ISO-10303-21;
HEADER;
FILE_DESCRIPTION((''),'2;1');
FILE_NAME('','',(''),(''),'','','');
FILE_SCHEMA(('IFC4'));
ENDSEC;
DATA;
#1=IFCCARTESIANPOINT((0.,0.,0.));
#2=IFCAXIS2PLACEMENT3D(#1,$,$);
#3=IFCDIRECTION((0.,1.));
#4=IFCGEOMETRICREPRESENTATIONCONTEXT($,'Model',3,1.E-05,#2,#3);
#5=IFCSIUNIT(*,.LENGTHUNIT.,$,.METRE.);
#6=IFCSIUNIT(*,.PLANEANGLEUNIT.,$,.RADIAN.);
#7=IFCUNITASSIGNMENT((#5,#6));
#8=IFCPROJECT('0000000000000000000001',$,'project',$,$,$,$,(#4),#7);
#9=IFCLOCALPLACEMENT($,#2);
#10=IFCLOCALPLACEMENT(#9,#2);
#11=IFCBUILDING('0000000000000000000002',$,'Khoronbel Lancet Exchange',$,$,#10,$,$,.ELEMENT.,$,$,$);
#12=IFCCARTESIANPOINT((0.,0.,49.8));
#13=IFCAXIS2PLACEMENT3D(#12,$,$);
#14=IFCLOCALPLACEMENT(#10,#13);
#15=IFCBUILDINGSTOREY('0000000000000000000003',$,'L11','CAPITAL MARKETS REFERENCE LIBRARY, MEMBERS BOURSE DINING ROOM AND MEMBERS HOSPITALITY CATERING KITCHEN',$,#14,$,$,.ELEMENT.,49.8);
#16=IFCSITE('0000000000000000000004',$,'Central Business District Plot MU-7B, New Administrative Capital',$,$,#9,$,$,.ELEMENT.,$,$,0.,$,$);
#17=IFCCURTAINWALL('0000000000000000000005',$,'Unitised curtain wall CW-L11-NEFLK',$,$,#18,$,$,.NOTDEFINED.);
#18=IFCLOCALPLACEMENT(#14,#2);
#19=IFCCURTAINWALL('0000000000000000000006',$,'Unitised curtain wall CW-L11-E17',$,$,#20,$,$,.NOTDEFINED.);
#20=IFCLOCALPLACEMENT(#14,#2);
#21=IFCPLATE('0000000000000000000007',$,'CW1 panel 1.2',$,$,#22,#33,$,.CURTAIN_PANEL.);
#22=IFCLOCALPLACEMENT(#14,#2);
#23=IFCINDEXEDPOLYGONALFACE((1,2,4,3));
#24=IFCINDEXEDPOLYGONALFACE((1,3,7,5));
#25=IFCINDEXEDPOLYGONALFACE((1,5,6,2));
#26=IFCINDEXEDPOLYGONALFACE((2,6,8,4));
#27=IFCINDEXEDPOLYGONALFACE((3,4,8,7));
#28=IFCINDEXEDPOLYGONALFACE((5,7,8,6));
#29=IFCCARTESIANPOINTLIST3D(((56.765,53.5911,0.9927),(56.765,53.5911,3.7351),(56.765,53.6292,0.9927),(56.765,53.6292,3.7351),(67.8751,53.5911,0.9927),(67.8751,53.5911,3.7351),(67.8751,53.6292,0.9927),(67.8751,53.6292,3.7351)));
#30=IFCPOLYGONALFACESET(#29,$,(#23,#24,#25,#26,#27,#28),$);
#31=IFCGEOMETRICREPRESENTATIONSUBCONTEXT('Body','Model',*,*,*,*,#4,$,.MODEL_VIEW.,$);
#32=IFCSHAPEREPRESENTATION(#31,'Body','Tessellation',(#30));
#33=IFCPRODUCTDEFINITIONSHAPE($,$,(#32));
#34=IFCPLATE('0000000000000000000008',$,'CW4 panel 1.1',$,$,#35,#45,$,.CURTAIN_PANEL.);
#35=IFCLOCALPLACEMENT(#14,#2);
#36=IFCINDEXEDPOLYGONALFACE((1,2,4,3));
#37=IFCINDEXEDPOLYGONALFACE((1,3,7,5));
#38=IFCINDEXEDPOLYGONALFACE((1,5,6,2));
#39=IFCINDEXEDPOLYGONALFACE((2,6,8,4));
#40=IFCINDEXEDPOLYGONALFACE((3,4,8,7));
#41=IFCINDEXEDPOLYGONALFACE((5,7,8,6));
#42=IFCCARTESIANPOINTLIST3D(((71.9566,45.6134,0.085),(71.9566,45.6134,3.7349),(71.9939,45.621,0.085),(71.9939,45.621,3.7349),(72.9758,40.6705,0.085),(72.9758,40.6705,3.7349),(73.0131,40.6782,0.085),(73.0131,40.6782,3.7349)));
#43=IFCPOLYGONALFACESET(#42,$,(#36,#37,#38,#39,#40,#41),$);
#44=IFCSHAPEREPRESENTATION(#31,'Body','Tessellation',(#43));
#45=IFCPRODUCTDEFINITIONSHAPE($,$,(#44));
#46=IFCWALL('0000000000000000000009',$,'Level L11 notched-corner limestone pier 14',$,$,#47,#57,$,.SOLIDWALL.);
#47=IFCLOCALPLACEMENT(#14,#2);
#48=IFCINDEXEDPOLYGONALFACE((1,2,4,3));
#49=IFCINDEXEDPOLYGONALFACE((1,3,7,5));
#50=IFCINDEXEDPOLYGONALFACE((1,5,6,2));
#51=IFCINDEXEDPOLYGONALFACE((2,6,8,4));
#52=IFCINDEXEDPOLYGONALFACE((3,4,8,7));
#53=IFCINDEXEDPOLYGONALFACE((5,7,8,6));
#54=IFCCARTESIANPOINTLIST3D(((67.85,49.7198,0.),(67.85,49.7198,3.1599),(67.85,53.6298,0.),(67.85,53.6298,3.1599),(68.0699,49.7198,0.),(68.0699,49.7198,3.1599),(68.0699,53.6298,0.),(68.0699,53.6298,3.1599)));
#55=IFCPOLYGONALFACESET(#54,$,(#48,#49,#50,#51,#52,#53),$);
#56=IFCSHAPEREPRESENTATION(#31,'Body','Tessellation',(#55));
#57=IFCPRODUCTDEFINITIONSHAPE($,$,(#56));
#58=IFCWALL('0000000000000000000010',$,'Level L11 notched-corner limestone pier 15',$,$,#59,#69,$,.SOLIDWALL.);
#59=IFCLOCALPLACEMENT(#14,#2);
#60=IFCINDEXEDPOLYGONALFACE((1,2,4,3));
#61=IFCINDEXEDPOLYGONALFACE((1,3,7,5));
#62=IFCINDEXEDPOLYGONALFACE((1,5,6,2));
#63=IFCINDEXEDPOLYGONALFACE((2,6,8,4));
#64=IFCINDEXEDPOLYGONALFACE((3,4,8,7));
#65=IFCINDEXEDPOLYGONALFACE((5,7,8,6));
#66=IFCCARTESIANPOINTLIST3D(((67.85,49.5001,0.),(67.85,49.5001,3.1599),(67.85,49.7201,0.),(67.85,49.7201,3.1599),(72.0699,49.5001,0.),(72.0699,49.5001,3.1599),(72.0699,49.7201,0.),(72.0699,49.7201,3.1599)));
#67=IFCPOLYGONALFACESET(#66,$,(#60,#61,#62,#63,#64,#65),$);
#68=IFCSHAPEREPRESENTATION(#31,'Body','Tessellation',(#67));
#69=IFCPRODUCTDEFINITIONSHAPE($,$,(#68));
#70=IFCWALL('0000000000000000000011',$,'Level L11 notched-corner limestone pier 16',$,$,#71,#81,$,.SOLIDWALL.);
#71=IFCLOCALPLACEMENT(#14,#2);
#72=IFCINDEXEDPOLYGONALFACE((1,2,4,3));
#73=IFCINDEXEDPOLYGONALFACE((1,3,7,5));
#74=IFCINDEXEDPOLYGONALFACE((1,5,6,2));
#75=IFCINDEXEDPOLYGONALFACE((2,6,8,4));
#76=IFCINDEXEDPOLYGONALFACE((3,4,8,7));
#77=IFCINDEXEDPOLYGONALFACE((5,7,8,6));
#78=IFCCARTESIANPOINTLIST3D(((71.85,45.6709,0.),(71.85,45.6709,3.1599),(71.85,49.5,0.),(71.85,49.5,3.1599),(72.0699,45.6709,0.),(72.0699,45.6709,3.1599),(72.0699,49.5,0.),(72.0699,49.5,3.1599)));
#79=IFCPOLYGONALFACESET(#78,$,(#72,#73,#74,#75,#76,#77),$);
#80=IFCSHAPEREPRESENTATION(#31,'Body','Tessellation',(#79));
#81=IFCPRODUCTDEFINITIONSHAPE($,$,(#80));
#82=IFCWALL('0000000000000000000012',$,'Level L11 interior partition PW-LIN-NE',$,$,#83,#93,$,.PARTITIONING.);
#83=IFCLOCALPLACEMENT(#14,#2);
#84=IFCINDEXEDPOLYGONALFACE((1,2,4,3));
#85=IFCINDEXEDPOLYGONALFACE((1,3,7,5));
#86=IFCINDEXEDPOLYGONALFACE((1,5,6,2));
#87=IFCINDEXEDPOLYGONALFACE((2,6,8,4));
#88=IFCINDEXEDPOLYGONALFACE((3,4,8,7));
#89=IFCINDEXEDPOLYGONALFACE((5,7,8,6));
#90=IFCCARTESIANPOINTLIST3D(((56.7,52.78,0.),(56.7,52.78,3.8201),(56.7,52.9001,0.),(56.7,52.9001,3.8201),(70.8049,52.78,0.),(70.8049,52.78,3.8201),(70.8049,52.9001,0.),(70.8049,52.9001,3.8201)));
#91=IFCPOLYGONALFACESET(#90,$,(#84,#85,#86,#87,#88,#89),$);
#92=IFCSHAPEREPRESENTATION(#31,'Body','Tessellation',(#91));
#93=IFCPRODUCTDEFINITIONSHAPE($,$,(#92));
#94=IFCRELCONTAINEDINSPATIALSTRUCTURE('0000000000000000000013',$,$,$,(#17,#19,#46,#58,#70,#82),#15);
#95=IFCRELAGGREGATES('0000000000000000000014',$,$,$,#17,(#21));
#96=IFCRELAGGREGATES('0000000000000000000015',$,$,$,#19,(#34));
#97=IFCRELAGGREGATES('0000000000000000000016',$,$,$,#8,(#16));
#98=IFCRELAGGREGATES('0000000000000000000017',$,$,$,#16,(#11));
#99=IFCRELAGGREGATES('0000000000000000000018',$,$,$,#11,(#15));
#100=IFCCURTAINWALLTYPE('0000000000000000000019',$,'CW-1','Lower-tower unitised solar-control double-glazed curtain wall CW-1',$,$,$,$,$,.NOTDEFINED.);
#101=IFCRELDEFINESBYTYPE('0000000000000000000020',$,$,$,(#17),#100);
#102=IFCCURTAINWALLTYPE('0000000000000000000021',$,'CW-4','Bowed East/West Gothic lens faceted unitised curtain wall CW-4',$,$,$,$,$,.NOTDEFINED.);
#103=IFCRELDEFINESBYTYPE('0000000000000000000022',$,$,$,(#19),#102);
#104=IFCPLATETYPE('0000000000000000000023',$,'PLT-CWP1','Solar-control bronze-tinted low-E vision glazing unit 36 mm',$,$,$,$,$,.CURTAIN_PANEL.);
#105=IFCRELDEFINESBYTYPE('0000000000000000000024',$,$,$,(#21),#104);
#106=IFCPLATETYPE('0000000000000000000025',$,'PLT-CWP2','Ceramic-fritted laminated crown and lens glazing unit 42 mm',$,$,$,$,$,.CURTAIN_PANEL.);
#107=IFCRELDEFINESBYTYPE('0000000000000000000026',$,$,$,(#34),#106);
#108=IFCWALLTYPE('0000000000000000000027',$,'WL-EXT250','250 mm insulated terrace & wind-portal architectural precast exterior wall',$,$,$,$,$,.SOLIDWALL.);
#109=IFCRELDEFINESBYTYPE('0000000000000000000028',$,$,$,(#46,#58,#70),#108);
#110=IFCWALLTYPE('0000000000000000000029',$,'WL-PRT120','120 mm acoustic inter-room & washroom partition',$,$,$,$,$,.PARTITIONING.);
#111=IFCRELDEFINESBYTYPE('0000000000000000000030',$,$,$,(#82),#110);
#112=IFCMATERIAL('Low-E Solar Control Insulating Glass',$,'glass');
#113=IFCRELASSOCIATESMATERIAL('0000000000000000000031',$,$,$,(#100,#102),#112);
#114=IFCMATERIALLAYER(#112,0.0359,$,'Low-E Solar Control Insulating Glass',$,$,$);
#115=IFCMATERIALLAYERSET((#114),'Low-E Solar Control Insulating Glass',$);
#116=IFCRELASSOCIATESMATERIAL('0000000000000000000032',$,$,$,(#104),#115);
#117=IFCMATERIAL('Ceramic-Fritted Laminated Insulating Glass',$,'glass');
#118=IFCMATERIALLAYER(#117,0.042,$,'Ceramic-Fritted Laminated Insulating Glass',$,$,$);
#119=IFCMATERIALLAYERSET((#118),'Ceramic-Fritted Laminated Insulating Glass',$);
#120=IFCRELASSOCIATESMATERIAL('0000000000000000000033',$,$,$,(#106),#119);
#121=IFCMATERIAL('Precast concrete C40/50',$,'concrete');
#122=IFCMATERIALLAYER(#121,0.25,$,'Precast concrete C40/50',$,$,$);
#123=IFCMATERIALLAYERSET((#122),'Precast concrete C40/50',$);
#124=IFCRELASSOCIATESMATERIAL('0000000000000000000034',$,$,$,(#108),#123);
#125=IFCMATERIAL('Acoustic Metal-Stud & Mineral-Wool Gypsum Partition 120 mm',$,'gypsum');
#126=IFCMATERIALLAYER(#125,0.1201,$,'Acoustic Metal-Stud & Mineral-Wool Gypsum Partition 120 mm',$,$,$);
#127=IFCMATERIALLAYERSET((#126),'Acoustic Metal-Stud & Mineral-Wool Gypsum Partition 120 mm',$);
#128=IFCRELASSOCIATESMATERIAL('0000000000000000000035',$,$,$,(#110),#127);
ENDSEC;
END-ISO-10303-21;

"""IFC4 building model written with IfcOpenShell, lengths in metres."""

from ifc_helpers import new_model, si_unit, direction, frame, frame_2d, origin, origin_2d, place, context, subcontext, project, spatial, rectangle, extrude, material, layer, layer_set, type_object, element, aggregate, save


model = new_model("IFC4")

# Units and contexts
model_context = context("Model", 3, precision=1e-05, world=origin(), true_north=direction((0.0, 1.0)))
body_context = subcontext(model_context, "Body", "Model", "MODEL_VIEW")
ifc_project = project(units=[si_unit("LENGTHUNIT", "METRE"), si_unit("PLANEANGLEUNIT", "RADIAN")], contexts=[model_context])

# Site, building, storey
site_placement = place(None, origin())
site = spatial("IfcSite", under=ifc_project, at=site_placement, Name="Central Business District Plot MU-7B, New Administrative Capital", CompositionType="ELEMENT", RefElevation=0.0)
building_placement = place(site_placement, origin())
building = spatial("IfcBuilding", under=site, at=building_placement, Name="Khoronbel Lancet Exchange", CompositionType="ELEMENT")
storey_placement = place(building_placement, frame((0.0, 0.0, 49.8)))
storey = spatial("IfcBuildingStorey", under=building, at=storey_placement, Name="L11", Description="CAPITAL MARKETS REFERENCE LIBRARY, MEMBERS BOURSE DINING ROOM AND MEMBERS HOSPITALITY CATERING KITCHEN", CompositionType="ELEMENT", Elevation=49.8)

# Curtain walls
ifc_material_1 = material(Name="Low-E Solar Control Insulating Glass", Category="glass")
curtain_wall_type_1 = type_object("IfcCurtainWallType", Name="CW-1", Description="Lower-tower unitised solar-control double-glazed curtain wall CW-1", PredefinedType="NOTDEFINED", material=ifc_material_1)
curtain_wall_1_placement = place(storey_placement, origin())
curtain_wall_1 = element("IfcCurtainWall", 1, at=curtain_wall_1_placement, inside=storey, type_object=curtain_wall_type_1, Name="Unitised curtain wall CW-L11-NEFLK", PredefinedType="NOTDEFINED")
curtain_wall_type_2 = type_object("IfcCurtainWallType", Name="CW-4", Description="Bowed East/West Gothic lens faceted unitised curtain wall CW-4", PredefinedType="NOTDEFINED", material=ifc_material_1)
curtain_wall_2_placement = place(storey_placement, origin())
curtain_wall_2 = element("IfcCurtainWall", 2, at=curtain_wall_2_placement, inside=storey, type_object=curtain_wall_type_2, Name="Unitised curtain wall CW-L11-E17", PredefinedType="NOTDEFINED")

# Plates
ifc_layer_1 = layer(ifc_material_1, 0.0359, Name="Low-E Solar Control Insulating Glass")
ifc_layer_set_1 = layer_set([ifc_layer_1], Name="Low-E Solar Control Insulating Glass")
plate_type_1 = type_object("IfcPlateType", Name="PLT-CWP1", Description="Solar-control bronze-tinted low-E vision glazing unit 36 mm", PredefinedType="CURTAIN_PANEL", material=ifc_layer_set_1)
plate_1_placement = place(storey_placement, frame((62.3201, 53.6101, 0.9927), z_axis=(0.0, 0.0, 1.0), x_axis=(-1.0, 0.0, 0.0)))
plate_1 = element("IfcPlate", 3, at=plate_1_placement, type_object=plate_type_1, Name="CW1 panel 1.2", PredefinedType="CURTAIN_PANEL", context=body_context, shape_type="SweptSolid", body=[
    extrude(rectangle(XDim=11.1101, YDim=0.0381, at=origin_2d()), origin(), (0.0, 0.0, 1.0), 2.7424),
])
aggregate(curtain_wall_1, [plate_1])
ifc_material_2 = material(Name="Ceramic-Fritted Laminated Insulating Glass", Category="glass")
ifc_layer_2 = layer(ifc_material_2, 0.042, Name="Ceramic-Fritted Laminated Insulating Glass")
ifc_layer_set_2 = layer_set([ifc_layer_2], Name="Ceramic-Fritted Laminated Insulating Glass")
plate_type_2 = type_object("IfcPlateType", Name="PLT-CWP2", Description="Ceramic-fritted laminated crown and lens glazing unit 42 mm", PredefinedType="CURTAIN_PANEL", material=ifc_layer_set_2)
plate_2_placement = place(storey_placement, frame((72.4849, 43.1458, 0.085), z_axis=(0.0, 0.0, 1.0), x_axis=(0.201944, -0.979397, 0.0)))
plate_2 = element("IfcPlate", 4, at=plate_2_placement, type_object=plate_type_2, Name="CW4 panel 1.1", PredefinedType="CURTAIN_PANEL", context=body_context, shape_type="SweptSolid", body=[
    extrude(rectangle(XDim=5.0469, YDim=0.0381, at=origin_2d()), origin(), (0.0, 0.0, 1.0), 3.6499),
])
aggregate(curtain_wall_2, [plate_2])

# Walls
ifc_material_3 = material(Name="Precast concrete C40/50", Category="concrete")
ifc_layer_3 = layer(ifc_material_3, 0.25, Name="Precast concrete C40/50")
ifc_layer_set_3 = layer_set([ifc_layer_3], Name="Precast concrete C40/50")
wall_type_1 = type_object("IfcWallType", Name="WL-EXT250", Description="250 mm insulated terrace & wind-portal architectural precast exterior wall", PredefinedType="SOLIDWALL", material=ifc_layer_set_3)
wall_1_placement = place(storey_placement, frame((67.96, 53.6299, 0.0), z_axis=(0.0, 0.0, 1.0), x_axis=(0.0, -1.0, 0.0)))
element("IfcWall", 5, at=wall_1_placement, inside=storey, type_object=wall_type_1, Name="Level L11 notched-corner limestone pier 14", PredefinedType="SOLIDWALL", context=body_context, shape_type="SweptSolid", body=[
    extrude(rectangle(XDim=3.9099, YDim=0.22, at=frame_2d((1.9551, 0.0))), origin(), (0.0, 0.0, 1.0), 3.1599),
])
wall_2_placement = place(storey_placement, frame((67.8501, 49.6101, 0.0), z_axis=(0.0, 0.0, 1.0), x_axis=(1.0, 0.0, 0.0)))
element("IfcWall", 6, at=wall_2_placement, inside=storey, type_object=wall_type_1, Name="Level L11 notched-corner limestone pier 15", PredefinedType="SOLIDWALL", context=body_context, shape_type="SweptSolid", body=[
    extrude(rectangle(XDim=4.22, YDim=0.22, at=frame_2d((2.1099, 0.0))), origin(), (0.0, 0.0, 1.0), 3.1599),
])
wall_3_placement = place(storey_placement, frame((71.96, 49.5, 0.0), z_axis=(0.0, 0.0, 1.0), x_axis=(0.0, -1.0, 0.0)))
element("IfcWall", 7, at=wall_3_placement, inside=storey, type_object=wall_type_1, Name="Level L11 notched-corner limestone pier 16", PredefinedType="SOLIDWALL", context=body_context, shape_type="SweptSolid", body=[
    extrude(rectangle(XDim=3.8291, YDim=0.22, at=frame_2d((1.9146, 0.0))), origin(), (0.0, 0.0, 1.0), 3.1599),
])
ifc_material_4 = material(Name="Acoustic Metal-Stud & Mineral-Wool Gypsum Partition 120 mm", Category="gypsum")
ifc_layer_4 = layer(ifc_material_4, 0.1201, Name="Acoustic Metal-Stud & Mineral-Wool Gypsum Partition 120 mm")
ifc_layer_set_4 = layer_set([ifc_layer_4], Name="Acoustic Metal-Stud & Mineral-Wool Gypsum Partition 120 mm")
wall_type_2 = type_object("IfcWallType", Name="WL-PRT120", Description="120 mm acoustic inter-room & washroom partition", PredefinedType="PARTITIONING", material=ifc_layer_set_4)
wall_4_placement = place(storey_placement, frame((56.7, 52.8401, 0.0), z_axis=(0.0, 0.0, 1.0), x_axis=(1.0, 0.0, 0.0)))
element("IfcWall", 8, at=wall_4_placement, inside=storey, type_object=wall_type_2, Name="Level L11 interior partition PW-LIN-NE", PredefinedType="PARTITIONING", context=body_context, shape_type="SweptSolid", body=[
    extrude(rectangle(XDim=14.105, YDim=0.1201, at=frame_2d((7.0525, 0.0))), origin(), (0.0, 0.0, 1.0), 3.8201),
])

save(model, "model.ifc")
